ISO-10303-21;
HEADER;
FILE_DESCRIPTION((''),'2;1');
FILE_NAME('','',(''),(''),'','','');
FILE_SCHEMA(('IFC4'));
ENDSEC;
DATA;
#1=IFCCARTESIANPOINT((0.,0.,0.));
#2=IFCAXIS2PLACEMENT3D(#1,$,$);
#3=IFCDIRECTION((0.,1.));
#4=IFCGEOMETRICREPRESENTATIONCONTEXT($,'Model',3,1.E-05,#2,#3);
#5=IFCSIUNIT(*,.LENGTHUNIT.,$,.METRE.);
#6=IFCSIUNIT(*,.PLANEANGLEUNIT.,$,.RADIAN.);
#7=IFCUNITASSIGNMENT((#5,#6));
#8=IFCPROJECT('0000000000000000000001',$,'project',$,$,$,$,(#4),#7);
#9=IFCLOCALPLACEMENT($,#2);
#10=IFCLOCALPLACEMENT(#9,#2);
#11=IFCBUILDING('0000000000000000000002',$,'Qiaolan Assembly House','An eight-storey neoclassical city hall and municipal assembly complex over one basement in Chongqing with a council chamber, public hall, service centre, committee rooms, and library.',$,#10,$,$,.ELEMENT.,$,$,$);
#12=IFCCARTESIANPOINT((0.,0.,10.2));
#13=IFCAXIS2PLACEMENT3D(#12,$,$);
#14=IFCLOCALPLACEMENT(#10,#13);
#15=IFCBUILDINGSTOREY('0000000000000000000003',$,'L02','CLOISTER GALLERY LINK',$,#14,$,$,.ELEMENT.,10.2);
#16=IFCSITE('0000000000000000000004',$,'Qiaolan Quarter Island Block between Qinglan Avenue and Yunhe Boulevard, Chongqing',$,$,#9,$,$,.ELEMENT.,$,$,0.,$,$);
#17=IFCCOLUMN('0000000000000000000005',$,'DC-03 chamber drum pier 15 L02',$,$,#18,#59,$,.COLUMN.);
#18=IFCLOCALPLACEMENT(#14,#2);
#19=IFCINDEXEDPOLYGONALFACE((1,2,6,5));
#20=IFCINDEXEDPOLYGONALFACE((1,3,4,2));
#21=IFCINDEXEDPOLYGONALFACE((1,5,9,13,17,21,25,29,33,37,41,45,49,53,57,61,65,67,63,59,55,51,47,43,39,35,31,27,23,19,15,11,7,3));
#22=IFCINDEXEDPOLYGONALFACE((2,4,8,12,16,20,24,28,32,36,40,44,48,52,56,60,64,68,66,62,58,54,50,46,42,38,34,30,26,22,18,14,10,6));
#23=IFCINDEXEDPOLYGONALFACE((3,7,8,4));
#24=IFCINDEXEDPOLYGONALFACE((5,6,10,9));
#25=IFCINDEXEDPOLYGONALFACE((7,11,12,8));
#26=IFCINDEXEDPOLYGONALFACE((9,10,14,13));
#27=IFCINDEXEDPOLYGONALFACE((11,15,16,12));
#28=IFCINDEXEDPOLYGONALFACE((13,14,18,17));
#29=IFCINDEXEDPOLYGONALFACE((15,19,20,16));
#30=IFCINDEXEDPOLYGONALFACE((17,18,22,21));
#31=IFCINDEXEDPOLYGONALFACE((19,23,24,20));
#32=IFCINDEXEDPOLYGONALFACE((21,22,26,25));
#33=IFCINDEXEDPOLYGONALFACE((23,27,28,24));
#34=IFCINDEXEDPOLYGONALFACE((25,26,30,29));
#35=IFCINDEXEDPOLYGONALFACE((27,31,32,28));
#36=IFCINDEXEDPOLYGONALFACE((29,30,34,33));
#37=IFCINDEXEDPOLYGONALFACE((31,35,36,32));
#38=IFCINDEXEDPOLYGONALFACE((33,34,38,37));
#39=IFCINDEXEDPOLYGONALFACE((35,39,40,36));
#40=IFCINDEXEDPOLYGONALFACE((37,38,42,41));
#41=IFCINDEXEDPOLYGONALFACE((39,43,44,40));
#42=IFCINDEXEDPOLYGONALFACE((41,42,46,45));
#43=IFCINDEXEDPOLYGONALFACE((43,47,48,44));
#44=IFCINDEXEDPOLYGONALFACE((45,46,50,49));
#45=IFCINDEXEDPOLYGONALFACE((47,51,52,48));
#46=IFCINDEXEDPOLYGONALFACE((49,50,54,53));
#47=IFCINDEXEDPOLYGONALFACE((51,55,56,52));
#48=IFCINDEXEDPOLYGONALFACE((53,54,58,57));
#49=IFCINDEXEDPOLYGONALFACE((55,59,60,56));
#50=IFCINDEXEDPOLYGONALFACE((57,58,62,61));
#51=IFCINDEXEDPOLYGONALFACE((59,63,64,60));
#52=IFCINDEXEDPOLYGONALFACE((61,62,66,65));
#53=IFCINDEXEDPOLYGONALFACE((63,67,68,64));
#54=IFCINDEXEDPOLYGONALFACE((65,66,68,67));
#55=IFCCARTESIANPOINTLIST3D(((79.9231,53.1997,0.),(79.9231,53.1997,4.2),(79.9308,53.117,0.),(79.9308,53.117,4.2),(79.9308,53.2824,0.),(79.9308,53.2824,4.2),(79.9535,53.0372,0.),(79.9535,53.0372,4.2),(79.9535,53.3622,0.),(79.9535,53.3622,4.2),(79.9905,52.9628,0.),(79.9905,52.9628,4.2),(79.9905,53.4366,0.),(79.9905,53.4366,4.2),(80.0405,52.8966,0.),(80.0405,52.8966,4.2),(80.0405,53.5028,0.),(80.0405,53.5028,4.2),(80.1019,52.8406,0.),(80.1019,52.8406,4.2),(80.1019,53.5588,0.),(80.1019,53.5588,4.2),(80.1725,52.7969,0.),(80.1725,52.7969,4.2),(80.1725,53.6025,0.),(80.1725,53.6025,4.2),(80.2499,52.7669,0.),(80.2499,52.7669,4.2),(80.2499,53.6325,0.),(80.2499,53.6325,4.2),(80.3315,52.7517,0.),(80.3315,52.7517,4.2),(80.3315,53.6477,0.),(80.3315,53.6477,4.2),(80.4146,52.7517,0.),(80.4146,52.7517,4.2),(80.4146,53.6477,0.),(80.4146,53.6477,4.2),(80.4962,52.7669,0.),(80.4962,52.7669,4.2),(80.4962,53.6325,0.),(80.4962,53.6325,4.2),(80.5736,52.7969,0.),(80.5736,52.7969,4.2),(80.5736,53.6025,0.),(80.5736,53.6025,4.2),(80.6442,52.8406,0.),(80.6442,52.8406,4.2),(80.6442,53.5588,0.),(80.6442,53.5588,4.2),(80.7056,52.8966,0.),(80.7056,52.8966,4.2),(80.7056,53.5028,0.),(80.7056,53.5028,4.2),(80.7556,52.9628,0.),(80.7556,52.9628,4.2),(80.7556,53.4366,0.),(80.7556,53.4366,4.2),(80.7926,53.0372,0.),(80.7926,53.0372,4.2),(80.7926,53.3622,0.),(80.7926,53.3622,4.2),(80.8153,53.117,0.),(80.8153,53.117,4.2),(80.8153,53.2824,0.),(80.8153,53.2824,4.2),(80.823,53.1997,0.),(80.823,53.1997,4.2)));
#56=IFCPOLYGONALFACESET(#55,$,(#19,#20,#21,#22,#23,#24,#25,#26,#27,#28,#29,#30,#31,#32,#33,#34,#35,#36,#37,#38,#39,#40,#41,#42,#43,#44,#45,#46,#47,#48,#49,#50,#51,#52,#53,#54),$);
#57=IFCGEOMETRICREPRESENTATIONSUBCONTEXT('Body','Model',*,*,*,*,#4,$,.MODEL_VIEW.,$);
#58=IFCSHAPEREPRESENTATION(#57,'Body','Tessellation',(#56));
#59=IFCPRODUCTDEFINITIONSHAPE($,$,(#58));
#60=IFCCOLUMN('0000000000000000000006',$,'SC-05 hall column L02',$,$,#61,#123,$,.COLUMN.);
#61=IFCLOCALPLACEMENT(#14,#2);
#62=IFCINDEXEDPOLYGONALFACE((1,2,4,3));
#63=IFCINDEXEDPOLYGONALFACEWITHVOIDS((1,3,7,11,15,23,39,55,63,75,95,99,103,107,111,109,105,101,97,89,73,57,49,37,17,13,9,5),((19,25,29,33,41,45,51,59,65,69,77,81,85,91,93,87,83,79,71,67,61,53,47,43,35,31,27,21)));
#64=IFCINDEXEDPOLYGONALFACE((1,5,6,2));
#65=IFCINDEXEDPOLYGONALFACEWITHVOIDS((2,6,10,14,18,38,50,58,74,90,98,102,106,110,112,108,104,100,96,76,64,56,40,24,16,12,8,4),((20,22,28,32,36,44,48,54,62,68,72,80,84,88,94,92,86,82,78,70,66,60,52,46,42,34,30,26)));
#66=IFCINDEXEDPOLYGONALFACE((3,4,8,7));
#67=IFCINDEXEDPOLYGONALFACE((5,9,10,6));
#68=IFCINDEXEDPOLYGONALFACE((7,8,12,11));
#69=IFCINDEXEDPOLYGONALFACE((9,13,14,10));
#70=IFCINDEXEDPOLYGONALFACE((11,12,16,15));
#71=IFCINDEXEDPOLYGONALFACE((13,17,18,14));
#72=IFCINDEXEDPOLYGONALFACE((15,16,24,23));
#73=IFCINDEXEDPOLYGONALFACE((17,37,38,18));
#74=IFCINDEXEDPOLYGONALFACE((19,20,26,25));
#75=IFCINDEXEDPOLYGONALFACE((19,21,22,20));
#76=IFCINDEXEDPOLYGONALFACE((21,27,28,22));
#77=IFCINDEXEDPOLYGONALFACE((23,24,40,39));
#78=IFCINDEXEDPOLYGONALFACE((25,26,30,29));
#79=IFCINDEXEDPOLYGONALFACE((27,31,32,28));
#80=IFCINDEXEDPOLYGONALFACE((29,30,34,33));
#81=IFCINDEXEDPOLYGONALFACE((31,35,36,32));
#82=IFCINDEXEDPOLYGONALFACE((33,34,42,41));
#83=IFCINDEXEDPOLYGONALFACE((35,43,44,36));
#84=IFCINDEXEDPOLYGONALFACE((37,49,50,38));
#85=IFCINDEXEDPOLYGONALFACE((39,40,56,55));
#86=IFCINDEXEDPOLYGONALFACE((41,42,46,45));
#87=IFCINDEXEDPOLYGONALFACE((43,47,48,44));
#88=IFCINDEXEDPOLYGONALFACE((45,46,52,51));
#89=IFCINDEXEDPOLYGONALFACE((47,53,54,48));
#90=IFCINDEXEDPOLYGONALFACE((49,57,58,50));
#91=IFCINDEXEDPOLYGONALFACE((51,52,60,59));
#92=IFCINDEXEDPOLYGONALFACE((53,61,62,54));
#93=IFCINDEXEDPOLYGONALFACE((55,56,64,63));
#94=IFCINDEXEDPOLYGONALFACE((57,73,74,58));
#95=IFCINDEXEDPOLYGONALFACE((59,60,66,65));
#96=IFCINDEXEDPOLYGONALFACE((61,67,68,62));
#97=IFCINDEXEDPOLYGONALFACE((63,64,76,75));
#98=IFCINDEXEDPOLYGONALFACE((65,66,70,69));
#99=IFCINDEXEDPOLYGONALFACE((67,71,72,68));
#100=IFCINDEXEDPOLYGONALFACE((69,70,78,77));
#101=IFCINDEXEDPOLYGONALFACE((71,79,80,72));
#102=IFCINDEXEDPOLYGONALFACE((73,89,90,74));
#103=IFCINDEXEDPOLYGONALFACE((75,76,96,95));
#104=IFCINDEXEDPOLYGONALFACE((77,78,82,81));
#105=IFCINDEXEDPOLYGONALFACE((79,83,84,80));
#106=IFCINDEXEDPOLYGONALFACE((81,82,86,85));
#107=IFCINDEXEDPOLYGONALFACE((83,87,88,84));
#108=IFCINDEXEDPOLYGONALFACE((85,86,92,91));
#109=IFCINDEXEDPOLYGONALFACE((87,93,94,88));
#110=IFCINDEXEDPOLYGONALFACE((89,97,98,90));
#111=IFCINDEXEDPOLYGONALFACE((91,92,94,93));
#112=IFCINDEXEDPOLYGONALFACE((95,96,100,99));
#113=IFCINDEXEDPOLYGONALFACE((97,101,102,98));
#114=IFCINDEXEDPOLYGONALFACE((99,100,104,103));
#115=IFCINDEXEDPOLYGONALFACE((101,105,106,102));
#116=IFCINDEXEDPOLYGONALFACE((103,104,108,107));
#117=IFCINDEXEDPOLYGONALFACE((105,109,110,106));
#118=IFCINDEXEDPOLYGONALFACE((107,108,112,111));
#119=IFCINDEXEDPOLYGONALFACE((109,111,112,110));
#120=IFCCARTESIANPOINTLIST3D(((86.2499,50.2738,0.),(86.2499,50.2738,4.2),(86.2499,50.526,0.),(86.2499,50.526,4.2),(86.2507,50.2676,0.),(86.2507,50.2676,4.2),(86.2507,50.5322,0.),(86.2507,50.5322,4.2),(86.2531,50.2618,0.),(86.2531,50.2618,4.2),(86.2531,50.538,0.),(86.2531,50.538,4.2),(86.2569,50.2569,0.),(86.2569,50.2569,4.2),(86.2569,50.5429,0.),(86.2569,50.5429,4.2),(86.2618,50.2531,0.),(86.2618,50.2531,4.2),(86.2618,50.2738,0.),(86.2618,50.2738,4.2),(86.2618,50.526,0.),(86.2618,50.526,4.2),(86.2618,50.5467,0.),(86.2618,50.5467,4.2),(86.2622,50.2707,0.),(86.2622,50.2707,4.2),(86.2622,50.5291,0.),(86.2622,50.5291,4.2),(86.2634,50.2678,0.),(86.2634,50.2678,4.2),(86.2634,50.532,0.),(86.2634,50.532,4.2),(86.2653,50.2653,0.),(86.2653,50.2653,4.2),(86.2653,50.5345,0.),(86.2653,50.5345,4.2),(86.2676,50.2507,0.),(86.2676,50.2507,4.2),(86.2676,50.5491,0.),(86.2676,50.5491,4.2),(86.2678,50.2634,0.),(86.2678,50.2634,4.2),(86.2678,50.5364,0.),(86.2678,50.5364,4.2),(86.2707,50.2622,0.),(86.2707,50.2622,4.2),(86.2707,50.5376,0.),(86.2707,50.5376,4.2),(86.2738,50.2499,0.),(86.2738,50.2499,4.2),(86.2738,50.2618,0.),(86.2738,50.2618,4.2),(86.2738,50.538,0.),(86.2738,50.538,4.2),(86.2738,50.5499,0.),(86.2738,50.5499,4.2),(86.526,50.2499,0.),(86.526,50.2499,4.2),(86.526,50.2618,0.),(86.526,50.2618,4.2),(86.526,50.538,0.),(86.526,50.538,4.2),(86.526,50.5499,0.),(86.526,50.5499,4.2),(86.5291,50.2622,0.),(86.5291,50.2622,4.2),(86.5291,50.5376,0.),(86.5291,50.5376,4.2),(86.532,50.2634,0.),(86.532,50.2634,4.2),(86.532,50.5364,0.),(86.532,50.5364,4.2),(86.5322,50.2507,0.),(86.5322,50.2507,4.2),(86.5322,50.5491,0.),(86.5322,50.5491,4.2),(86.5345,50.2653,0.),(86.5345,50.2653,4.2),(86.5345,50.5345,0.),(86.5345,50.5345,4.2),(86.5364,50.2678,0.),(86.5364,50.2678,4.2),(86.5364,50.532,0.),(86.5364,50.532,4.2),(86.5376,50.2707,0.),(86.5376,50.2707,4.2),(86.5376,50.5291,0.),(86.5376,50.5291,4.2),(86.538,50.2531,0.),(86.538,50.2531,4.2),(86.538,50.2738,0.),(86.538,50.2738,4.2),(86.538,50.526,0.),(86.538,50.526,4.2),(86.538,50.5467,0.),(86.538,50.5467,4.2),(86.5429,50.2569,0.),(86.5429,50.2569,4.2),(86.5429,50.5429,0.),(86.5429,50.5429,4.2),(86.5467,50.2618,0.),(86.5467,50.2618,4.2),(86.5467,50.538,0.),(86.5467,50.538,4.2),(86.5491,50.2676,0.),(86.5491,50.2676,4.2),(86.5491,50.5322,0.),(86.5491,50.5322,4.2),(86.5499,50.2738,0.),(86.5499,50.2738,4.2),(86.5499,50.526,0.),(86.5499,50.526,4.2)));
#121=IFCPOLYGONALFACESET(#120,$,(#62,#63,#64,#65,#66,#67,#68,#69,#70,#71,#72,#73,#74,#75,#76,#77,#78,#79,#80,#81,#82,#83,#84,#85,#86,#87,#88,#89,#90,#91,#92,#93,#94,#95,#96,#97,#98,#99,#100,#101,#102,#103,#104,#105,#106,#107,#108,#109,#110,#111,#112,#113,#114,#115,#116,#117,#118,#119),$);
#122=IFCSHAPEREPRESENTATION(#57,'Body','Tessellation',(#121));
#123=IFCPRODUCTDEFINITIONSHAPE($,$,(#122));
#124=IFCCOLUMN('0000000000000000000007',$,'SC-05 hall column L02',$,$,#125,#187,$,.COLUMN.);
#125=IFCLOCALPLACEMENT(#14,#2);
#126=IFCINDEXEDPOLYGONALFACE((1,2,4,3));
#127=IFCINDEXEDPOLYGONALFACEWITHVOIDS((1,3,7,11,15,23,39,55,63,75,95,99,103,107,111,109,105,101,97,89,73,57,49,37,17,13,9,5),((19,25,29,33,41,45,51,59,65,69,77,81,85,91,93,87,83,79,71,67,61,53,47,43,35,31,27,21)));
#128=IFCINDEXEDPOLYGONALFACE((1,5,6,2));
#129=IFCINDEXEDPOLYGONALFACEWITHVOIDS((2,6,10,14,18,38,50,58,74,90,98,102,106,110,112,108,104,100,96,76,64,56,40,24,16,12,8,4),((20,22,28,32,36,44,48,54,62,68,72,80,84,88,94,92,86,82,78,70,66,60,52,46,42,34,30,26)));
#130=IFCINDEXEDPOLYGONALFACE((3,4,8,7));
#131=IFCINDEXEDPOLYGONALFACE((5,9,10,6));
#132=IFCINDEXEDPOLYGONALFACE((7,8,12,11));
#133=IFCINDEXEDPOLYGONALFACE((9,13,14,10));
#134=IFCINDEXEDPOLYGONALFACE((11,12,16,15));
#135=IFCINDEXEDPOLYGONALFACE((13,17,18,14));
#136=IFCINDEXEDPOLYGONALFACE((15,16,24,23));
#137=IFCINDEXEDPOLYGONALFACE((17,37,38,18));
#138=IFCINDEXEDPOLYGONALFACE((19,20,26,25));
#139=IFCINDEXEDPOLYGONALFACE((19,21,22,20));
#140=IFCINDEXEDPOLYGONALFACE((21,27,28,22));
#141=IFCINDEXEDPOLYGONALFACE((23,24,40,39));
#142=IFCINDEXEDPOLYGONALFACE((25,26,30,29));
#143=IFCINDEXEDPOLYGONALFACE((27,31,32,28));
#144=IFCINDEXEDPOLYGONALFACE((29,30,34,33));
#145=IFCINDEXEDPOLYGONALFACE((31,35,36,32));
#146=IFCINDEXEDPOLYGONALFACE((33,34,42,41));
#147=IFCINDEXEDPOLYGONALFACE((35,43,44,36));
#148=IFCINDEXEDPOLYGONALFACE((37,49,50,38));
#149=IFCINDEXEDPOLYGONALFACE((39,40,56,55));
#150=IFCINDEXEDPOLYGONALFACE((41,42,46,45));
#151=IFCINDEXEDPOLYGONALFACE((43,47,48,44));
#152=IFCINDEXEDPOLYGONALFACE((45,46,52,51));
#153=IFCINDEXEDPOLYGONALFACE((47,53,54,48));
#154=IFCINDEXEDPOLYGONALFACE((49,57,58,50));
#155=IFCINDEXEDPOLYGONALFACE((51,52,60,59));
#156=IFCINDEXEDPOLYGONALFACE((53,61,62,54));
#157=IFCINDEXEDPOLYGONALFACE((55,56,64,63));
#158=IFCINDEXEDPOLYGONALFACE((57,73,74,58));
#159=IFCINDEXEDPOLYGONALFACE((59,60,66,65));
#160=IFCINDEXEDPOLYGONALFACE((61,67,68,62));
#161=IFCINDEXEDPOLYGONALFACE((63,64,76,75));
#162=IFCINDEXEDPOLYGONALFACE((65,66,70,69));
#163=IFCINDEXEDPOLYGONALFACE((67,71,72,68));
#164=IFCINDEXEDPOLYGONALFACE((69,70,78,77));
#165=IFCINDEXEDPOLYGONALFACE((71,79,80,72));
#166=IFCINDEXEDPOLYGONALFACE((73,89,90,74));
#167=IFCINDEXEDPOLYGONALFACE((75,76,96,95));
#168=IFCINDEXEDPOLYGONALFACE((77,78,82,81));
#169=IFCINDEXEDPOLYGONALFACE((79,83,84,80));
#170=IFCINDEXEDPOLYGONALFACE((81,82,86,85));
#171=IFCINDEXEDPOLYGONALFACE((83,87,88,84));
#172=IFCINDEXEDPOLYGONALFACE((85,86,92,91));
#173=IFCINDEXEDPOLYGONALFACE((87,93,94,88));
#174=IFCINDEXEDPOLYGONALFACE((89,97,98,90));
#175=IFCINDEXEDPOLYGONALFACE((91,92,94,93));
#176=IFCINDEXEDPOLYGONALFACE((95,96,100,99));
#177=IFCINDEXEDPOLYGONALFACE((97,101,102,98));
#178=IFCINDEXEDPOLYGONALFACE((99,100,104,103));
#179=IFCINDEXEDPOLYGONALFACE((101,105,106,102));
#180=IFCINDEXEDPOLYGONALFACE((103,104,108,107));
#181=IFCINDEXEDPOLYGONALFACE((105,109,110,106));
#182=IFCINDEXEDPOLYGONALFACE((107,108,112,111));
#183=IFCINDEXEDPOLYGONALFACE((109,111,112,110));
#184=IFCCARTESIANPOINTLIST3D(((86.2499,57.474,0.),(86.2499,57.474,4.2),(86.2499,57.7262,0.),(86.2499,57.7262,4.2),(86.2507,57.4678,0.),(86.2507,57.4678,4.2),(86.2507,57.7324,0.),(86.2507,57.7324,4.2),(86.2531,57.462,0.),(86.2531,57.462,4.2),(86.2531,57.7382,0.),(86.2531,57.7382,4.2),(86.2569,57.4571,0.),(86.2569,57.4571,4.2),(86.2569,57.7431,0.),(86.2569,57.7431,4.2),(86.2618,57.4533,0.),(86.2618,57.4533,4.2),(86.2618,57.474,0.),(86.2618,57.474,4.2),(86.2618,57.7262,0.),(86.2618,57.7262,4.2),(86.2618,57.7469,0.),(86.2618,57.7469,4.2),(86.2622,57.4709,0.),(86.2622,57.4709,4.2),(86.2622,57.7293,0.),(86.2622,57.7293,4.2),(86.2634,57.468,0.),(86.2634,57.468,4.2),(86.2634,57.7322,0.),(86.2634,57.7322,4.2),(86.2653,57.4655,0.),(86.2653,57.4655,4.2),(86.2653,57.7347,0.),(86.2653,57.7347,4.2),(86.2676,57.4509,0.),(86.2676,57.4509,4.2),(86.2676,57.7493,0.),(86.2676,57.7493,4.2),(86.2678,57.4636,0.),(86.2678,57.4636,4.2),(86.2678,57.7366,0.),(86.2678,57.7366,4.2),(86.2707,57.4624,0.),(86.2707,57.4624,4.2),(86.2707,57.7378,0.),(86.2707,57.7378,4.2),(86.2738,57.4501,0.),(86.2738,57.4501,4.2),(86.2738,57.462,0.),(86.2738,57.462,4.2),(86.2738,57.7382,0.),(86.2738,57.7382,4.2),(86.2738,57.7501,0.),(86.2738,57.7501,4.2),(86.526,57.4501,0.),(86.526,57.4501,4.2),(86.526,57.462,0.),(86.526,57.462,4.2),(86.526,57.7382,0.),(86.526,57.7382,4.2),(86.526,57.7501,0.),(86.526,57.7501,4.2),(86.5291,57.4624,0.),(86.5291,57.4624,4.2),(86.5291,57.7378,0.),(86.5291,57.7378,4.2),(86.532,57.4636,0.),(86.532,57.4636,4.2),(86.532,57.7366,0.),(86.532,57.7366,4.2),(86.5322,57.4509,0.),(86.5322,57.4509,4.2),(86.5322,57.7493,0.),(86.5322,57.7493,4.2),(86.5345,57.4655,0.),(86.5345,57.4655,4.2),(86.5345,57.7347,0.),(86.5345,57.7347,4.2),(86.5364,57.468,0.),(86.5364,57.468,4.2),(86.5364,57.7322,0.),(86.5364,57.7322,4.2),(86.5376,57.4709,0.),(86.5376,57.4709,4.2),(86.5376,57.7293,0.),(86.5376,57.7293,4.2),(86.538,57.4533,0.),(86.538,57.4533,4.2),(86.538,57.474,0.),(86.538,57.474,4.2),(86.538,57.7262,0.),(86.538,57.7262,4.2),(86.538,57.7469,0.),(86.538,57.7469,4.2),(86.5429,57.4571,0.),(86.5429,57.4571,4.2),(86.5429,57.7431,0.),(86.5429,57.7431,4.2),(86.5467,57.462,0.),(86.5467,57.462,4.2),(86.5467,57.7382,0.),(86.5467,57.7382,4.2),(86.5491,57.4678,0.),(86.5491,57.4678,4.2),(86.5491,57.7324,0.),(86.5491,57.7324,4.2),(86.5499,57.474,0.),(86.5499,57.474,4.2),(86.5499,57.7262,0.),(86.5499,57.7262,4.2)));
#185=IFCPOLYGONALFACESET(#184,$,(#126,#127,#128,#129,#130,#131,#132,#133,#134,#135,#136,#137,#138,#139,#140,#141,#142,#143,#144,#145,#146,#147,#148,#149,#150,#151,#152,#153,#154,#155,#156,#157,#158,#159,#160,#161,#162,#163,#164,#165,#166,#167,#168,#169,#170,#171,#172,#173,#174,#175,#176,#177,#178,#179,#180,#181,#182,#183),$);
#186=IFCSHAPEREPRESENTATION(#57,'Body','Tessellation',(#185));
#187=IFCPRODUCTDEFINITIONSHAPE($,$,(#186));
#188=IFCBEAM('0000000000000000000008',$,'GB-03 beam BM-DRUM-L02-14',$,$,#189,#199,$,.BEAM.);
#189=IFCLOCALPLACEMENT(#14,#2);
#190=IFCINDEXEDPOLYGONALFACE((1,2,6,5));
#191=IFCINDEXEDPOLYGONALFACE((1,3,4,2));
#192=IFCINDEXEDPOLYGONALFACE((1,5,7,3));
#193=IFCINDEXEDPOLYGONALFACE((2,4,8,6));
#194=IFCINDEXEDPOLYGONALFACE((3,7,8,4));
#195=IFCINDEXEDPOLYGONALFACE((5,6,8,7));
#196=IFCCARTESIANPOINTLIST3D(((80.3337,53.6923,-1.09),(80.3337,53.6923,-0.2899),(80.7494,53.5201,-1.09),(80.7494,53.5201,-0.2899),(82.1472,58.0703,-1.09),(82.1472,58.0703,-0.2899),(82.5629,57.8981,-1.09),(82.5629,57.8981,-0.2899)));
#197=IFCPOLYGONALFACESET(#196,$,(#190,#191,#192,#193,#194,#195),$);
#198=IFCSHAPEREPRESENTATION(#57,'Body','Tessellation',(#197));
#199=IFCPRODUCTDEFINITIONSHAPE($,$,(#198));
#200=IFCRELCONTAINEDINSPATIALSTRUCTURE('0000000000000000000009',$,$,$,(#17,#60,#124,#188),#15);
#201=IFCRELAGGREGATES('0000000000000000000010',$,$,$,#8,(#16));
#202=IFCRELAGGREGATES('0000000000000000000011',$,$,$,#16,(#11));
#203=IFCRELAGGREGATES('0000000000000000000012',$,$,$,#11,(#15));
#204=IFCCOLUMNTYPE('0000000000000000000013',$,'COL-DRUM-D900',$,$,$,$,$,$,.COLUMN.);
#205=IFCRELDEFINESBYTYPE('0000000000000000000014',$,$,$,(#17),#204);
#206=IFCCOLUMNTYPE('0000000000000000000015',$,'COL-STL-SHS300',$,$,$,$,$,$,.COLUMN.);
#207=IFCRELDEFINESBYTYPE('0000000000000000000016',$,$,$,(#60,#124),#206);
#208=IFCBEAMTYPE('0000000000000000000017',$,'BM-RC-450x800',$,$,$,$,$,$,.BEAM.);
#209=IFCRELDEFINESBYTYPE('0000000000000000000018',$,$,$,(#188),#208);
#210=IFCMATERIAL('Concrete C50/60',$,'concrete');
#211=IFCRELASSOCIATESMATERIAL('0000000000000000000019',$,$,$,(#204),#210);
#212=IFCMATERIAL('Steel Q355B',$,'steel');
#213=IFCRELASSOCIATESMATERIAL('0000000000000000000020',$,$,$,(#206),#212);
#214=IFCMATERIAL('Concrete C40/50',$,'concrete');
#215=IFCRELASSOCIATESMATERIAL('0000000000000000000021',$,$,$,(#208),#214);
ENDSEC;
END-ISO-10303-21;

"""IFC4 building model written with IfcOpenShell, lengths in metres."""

from ifc_helpers import new_model, si_unit, direction, frame, origin, origin_2d, place, context, subcontext, project, spatial, rectangle, hollow_rectangle, circle, extrude, material, material_profile, profile_set, type_object, element, save


model = new_model("IFC4")

# Units and contexts
model_context = context("Model", 3, precision=1e-05, world=origin(), true_north=direction((0.0, 1.0)))
body_context = subcontext(model_context, "Body", "Model", "MODEL_VIEW")
ifc_project = project(units=[si_unit("LENGTHUNIT", "METRE"), si_unit("PLANEANGLEUNIT", "RADIAN")], contexts=[model_context])

# Site, building, storey
site_placement = place(None, origin())
site = spatial("IfcSite", under=ifc_project, at=site_placement, Name="Qiaolan Quarter Island Block between Qinglan Avenue and Yunhe Boulevard, Chongqing", CompositionType="ELEMENT", RefElevation=0.0)
building_placement = place(site_placement, origin())
building = spatial("IfcBuilding", under=site, at=building_placement, Name="Qiaolan Assembly House", Description="An eight-storey neoclassical city hall and municipal assembly complex over one basement in Chongqing with a council chamber, public hall, service centre, committee rooms, and library.", CompositionType="ELEMENT")
storey_placement = place(building_placement, frame((0.0, 0.0, 10.2)))
storey = spatial("IfcBuildingStorey", under=building, at=storey_placement, Name="L02", Description="CLOISTER GALLERY LINK", CompositionType="ELEMENT", Elevation=10.2)

# Columns
ifc_material_1 = material(Name="Concrete C50/60", Category="concrete")
ifc_material_profile_1 = material_profile(ifc_material_1, circle(Radius=0.45, at=origin_2d()), Name="CIRC D900")
ifc_profile_set_1 = profile_set([ifc_material_profile_1], Name="Concrete C50/60")
column_type_1 = type_object("IfcColumnType", Name="COL-DRUM-D900", PredefinedType="COLUMN", material=ifc_profile_set_1)
column_placement = place(storey_placement, frame((80.373, 53.1997, 0.0), z_axis=(0.0, 0.0, 1.0), x_axis=(1.0, 0.0, 0.0)))
element("IfcColumn", 1, at=column_placement, inside=storey, type_object=column_type_1, Name="DC-03 chamber drum pier 15 L02", PredefinedType="COLUMN", context=body_context, shape_type="SweptSolid", body=[
    extrude(circle(Radius=0.45, at=origin_2d()), origin(), (0.0, 0.0, 1.0), 4.2),
])
ifc_material_2 = material(Name="Steel Q355B", Category="steel")
ifc_material_profile_2 = material_profile(ifc_material_2, hollow_rectangle(XDim=0.3, YDim=0.3, WallThickness=0.012, InnerFilletRadius=0.012, OuterFilletRadius=0.0239, at=origin_2d()), Name="SHS 300x300x12")
ifc_profile_set_2 = profile_set([ifc_material_profile_2], Name="Steel Q355B")
column_type_2 = type_object("IfcColumnType", Name="COL-STL-SHS300", PredefinedType="COLUMN", material=ifc_profile_set_2)
for number, where, z_axis, x_axis, name in (
    (2, (86.3999, 50.3999, 0.0), (0.0, 0.0, 1.0), (1.0, 0.0, 0.0), "SC-05 hall column L02"),
    (3, (86.3999, 57.6001, 0.0), (0.0, 0.0, 1.0), (1.0, 0.0, 0.0), "SC-05 hall column L02"),
):
    element("IfcColumn", number, at=place(storey_placement, frame(where, z_axis=z_axis, x_axis=x_axis)), inside=storey, type_object=column_type_2, Name=name, PredefinedType="COLUMN", context=body_context, shape_type="SweptSolid", body=[
        extrude(hollow_rectangle(XDim=0.3, YDim=0.3, WallThickness=0.012, InnerFilletRadius=0.012, OuterFilletRadius=0.0239, at=origin_2d()), origin(), (0.0, 0.0, 1.0), 4.2),
    ])

# Beam
ifc_material_3 = material(Name="Concrete C40/50", Category="concrete")
ifc_material_profile_3 = material_profile(ifc_material_3, rectangle(XDim=0.45, YDim=0.8, at=origin_2d()), Name="RCB 450x800")
ifc_profile_set_3 = profile_set([ifc_material_profile_3], Name="Concrete C40/50")
beam_type_1 = type_object("IfcBeamType", Name="BM-RC-450x800", PredefinedType="BEAM", material=ifc_profile_set_3)
beam_placement = place(storey_placement, frame((80.5415, 53.6062, -0.6899), z_axis=(0.382698, 0.923874, 0.0), x_axis=(-0.923874, 0.382698, 0.0)))
element("IfcBeam", 4, at=beam_placement, inside=storey, type_object=beam_type_1, Name="GB-03 beam BM-DRUM-L02-14", PredefinedType="BEAM", context=body_context, shape_type="SweptSolid", body=[
    extrude(rectangle(XDim=0.45, YDim=0.8, at=origin_2d()), origin(), (0.0, 0.0, 1.0), 4.7388),
])

save(model, "model.ifc")
